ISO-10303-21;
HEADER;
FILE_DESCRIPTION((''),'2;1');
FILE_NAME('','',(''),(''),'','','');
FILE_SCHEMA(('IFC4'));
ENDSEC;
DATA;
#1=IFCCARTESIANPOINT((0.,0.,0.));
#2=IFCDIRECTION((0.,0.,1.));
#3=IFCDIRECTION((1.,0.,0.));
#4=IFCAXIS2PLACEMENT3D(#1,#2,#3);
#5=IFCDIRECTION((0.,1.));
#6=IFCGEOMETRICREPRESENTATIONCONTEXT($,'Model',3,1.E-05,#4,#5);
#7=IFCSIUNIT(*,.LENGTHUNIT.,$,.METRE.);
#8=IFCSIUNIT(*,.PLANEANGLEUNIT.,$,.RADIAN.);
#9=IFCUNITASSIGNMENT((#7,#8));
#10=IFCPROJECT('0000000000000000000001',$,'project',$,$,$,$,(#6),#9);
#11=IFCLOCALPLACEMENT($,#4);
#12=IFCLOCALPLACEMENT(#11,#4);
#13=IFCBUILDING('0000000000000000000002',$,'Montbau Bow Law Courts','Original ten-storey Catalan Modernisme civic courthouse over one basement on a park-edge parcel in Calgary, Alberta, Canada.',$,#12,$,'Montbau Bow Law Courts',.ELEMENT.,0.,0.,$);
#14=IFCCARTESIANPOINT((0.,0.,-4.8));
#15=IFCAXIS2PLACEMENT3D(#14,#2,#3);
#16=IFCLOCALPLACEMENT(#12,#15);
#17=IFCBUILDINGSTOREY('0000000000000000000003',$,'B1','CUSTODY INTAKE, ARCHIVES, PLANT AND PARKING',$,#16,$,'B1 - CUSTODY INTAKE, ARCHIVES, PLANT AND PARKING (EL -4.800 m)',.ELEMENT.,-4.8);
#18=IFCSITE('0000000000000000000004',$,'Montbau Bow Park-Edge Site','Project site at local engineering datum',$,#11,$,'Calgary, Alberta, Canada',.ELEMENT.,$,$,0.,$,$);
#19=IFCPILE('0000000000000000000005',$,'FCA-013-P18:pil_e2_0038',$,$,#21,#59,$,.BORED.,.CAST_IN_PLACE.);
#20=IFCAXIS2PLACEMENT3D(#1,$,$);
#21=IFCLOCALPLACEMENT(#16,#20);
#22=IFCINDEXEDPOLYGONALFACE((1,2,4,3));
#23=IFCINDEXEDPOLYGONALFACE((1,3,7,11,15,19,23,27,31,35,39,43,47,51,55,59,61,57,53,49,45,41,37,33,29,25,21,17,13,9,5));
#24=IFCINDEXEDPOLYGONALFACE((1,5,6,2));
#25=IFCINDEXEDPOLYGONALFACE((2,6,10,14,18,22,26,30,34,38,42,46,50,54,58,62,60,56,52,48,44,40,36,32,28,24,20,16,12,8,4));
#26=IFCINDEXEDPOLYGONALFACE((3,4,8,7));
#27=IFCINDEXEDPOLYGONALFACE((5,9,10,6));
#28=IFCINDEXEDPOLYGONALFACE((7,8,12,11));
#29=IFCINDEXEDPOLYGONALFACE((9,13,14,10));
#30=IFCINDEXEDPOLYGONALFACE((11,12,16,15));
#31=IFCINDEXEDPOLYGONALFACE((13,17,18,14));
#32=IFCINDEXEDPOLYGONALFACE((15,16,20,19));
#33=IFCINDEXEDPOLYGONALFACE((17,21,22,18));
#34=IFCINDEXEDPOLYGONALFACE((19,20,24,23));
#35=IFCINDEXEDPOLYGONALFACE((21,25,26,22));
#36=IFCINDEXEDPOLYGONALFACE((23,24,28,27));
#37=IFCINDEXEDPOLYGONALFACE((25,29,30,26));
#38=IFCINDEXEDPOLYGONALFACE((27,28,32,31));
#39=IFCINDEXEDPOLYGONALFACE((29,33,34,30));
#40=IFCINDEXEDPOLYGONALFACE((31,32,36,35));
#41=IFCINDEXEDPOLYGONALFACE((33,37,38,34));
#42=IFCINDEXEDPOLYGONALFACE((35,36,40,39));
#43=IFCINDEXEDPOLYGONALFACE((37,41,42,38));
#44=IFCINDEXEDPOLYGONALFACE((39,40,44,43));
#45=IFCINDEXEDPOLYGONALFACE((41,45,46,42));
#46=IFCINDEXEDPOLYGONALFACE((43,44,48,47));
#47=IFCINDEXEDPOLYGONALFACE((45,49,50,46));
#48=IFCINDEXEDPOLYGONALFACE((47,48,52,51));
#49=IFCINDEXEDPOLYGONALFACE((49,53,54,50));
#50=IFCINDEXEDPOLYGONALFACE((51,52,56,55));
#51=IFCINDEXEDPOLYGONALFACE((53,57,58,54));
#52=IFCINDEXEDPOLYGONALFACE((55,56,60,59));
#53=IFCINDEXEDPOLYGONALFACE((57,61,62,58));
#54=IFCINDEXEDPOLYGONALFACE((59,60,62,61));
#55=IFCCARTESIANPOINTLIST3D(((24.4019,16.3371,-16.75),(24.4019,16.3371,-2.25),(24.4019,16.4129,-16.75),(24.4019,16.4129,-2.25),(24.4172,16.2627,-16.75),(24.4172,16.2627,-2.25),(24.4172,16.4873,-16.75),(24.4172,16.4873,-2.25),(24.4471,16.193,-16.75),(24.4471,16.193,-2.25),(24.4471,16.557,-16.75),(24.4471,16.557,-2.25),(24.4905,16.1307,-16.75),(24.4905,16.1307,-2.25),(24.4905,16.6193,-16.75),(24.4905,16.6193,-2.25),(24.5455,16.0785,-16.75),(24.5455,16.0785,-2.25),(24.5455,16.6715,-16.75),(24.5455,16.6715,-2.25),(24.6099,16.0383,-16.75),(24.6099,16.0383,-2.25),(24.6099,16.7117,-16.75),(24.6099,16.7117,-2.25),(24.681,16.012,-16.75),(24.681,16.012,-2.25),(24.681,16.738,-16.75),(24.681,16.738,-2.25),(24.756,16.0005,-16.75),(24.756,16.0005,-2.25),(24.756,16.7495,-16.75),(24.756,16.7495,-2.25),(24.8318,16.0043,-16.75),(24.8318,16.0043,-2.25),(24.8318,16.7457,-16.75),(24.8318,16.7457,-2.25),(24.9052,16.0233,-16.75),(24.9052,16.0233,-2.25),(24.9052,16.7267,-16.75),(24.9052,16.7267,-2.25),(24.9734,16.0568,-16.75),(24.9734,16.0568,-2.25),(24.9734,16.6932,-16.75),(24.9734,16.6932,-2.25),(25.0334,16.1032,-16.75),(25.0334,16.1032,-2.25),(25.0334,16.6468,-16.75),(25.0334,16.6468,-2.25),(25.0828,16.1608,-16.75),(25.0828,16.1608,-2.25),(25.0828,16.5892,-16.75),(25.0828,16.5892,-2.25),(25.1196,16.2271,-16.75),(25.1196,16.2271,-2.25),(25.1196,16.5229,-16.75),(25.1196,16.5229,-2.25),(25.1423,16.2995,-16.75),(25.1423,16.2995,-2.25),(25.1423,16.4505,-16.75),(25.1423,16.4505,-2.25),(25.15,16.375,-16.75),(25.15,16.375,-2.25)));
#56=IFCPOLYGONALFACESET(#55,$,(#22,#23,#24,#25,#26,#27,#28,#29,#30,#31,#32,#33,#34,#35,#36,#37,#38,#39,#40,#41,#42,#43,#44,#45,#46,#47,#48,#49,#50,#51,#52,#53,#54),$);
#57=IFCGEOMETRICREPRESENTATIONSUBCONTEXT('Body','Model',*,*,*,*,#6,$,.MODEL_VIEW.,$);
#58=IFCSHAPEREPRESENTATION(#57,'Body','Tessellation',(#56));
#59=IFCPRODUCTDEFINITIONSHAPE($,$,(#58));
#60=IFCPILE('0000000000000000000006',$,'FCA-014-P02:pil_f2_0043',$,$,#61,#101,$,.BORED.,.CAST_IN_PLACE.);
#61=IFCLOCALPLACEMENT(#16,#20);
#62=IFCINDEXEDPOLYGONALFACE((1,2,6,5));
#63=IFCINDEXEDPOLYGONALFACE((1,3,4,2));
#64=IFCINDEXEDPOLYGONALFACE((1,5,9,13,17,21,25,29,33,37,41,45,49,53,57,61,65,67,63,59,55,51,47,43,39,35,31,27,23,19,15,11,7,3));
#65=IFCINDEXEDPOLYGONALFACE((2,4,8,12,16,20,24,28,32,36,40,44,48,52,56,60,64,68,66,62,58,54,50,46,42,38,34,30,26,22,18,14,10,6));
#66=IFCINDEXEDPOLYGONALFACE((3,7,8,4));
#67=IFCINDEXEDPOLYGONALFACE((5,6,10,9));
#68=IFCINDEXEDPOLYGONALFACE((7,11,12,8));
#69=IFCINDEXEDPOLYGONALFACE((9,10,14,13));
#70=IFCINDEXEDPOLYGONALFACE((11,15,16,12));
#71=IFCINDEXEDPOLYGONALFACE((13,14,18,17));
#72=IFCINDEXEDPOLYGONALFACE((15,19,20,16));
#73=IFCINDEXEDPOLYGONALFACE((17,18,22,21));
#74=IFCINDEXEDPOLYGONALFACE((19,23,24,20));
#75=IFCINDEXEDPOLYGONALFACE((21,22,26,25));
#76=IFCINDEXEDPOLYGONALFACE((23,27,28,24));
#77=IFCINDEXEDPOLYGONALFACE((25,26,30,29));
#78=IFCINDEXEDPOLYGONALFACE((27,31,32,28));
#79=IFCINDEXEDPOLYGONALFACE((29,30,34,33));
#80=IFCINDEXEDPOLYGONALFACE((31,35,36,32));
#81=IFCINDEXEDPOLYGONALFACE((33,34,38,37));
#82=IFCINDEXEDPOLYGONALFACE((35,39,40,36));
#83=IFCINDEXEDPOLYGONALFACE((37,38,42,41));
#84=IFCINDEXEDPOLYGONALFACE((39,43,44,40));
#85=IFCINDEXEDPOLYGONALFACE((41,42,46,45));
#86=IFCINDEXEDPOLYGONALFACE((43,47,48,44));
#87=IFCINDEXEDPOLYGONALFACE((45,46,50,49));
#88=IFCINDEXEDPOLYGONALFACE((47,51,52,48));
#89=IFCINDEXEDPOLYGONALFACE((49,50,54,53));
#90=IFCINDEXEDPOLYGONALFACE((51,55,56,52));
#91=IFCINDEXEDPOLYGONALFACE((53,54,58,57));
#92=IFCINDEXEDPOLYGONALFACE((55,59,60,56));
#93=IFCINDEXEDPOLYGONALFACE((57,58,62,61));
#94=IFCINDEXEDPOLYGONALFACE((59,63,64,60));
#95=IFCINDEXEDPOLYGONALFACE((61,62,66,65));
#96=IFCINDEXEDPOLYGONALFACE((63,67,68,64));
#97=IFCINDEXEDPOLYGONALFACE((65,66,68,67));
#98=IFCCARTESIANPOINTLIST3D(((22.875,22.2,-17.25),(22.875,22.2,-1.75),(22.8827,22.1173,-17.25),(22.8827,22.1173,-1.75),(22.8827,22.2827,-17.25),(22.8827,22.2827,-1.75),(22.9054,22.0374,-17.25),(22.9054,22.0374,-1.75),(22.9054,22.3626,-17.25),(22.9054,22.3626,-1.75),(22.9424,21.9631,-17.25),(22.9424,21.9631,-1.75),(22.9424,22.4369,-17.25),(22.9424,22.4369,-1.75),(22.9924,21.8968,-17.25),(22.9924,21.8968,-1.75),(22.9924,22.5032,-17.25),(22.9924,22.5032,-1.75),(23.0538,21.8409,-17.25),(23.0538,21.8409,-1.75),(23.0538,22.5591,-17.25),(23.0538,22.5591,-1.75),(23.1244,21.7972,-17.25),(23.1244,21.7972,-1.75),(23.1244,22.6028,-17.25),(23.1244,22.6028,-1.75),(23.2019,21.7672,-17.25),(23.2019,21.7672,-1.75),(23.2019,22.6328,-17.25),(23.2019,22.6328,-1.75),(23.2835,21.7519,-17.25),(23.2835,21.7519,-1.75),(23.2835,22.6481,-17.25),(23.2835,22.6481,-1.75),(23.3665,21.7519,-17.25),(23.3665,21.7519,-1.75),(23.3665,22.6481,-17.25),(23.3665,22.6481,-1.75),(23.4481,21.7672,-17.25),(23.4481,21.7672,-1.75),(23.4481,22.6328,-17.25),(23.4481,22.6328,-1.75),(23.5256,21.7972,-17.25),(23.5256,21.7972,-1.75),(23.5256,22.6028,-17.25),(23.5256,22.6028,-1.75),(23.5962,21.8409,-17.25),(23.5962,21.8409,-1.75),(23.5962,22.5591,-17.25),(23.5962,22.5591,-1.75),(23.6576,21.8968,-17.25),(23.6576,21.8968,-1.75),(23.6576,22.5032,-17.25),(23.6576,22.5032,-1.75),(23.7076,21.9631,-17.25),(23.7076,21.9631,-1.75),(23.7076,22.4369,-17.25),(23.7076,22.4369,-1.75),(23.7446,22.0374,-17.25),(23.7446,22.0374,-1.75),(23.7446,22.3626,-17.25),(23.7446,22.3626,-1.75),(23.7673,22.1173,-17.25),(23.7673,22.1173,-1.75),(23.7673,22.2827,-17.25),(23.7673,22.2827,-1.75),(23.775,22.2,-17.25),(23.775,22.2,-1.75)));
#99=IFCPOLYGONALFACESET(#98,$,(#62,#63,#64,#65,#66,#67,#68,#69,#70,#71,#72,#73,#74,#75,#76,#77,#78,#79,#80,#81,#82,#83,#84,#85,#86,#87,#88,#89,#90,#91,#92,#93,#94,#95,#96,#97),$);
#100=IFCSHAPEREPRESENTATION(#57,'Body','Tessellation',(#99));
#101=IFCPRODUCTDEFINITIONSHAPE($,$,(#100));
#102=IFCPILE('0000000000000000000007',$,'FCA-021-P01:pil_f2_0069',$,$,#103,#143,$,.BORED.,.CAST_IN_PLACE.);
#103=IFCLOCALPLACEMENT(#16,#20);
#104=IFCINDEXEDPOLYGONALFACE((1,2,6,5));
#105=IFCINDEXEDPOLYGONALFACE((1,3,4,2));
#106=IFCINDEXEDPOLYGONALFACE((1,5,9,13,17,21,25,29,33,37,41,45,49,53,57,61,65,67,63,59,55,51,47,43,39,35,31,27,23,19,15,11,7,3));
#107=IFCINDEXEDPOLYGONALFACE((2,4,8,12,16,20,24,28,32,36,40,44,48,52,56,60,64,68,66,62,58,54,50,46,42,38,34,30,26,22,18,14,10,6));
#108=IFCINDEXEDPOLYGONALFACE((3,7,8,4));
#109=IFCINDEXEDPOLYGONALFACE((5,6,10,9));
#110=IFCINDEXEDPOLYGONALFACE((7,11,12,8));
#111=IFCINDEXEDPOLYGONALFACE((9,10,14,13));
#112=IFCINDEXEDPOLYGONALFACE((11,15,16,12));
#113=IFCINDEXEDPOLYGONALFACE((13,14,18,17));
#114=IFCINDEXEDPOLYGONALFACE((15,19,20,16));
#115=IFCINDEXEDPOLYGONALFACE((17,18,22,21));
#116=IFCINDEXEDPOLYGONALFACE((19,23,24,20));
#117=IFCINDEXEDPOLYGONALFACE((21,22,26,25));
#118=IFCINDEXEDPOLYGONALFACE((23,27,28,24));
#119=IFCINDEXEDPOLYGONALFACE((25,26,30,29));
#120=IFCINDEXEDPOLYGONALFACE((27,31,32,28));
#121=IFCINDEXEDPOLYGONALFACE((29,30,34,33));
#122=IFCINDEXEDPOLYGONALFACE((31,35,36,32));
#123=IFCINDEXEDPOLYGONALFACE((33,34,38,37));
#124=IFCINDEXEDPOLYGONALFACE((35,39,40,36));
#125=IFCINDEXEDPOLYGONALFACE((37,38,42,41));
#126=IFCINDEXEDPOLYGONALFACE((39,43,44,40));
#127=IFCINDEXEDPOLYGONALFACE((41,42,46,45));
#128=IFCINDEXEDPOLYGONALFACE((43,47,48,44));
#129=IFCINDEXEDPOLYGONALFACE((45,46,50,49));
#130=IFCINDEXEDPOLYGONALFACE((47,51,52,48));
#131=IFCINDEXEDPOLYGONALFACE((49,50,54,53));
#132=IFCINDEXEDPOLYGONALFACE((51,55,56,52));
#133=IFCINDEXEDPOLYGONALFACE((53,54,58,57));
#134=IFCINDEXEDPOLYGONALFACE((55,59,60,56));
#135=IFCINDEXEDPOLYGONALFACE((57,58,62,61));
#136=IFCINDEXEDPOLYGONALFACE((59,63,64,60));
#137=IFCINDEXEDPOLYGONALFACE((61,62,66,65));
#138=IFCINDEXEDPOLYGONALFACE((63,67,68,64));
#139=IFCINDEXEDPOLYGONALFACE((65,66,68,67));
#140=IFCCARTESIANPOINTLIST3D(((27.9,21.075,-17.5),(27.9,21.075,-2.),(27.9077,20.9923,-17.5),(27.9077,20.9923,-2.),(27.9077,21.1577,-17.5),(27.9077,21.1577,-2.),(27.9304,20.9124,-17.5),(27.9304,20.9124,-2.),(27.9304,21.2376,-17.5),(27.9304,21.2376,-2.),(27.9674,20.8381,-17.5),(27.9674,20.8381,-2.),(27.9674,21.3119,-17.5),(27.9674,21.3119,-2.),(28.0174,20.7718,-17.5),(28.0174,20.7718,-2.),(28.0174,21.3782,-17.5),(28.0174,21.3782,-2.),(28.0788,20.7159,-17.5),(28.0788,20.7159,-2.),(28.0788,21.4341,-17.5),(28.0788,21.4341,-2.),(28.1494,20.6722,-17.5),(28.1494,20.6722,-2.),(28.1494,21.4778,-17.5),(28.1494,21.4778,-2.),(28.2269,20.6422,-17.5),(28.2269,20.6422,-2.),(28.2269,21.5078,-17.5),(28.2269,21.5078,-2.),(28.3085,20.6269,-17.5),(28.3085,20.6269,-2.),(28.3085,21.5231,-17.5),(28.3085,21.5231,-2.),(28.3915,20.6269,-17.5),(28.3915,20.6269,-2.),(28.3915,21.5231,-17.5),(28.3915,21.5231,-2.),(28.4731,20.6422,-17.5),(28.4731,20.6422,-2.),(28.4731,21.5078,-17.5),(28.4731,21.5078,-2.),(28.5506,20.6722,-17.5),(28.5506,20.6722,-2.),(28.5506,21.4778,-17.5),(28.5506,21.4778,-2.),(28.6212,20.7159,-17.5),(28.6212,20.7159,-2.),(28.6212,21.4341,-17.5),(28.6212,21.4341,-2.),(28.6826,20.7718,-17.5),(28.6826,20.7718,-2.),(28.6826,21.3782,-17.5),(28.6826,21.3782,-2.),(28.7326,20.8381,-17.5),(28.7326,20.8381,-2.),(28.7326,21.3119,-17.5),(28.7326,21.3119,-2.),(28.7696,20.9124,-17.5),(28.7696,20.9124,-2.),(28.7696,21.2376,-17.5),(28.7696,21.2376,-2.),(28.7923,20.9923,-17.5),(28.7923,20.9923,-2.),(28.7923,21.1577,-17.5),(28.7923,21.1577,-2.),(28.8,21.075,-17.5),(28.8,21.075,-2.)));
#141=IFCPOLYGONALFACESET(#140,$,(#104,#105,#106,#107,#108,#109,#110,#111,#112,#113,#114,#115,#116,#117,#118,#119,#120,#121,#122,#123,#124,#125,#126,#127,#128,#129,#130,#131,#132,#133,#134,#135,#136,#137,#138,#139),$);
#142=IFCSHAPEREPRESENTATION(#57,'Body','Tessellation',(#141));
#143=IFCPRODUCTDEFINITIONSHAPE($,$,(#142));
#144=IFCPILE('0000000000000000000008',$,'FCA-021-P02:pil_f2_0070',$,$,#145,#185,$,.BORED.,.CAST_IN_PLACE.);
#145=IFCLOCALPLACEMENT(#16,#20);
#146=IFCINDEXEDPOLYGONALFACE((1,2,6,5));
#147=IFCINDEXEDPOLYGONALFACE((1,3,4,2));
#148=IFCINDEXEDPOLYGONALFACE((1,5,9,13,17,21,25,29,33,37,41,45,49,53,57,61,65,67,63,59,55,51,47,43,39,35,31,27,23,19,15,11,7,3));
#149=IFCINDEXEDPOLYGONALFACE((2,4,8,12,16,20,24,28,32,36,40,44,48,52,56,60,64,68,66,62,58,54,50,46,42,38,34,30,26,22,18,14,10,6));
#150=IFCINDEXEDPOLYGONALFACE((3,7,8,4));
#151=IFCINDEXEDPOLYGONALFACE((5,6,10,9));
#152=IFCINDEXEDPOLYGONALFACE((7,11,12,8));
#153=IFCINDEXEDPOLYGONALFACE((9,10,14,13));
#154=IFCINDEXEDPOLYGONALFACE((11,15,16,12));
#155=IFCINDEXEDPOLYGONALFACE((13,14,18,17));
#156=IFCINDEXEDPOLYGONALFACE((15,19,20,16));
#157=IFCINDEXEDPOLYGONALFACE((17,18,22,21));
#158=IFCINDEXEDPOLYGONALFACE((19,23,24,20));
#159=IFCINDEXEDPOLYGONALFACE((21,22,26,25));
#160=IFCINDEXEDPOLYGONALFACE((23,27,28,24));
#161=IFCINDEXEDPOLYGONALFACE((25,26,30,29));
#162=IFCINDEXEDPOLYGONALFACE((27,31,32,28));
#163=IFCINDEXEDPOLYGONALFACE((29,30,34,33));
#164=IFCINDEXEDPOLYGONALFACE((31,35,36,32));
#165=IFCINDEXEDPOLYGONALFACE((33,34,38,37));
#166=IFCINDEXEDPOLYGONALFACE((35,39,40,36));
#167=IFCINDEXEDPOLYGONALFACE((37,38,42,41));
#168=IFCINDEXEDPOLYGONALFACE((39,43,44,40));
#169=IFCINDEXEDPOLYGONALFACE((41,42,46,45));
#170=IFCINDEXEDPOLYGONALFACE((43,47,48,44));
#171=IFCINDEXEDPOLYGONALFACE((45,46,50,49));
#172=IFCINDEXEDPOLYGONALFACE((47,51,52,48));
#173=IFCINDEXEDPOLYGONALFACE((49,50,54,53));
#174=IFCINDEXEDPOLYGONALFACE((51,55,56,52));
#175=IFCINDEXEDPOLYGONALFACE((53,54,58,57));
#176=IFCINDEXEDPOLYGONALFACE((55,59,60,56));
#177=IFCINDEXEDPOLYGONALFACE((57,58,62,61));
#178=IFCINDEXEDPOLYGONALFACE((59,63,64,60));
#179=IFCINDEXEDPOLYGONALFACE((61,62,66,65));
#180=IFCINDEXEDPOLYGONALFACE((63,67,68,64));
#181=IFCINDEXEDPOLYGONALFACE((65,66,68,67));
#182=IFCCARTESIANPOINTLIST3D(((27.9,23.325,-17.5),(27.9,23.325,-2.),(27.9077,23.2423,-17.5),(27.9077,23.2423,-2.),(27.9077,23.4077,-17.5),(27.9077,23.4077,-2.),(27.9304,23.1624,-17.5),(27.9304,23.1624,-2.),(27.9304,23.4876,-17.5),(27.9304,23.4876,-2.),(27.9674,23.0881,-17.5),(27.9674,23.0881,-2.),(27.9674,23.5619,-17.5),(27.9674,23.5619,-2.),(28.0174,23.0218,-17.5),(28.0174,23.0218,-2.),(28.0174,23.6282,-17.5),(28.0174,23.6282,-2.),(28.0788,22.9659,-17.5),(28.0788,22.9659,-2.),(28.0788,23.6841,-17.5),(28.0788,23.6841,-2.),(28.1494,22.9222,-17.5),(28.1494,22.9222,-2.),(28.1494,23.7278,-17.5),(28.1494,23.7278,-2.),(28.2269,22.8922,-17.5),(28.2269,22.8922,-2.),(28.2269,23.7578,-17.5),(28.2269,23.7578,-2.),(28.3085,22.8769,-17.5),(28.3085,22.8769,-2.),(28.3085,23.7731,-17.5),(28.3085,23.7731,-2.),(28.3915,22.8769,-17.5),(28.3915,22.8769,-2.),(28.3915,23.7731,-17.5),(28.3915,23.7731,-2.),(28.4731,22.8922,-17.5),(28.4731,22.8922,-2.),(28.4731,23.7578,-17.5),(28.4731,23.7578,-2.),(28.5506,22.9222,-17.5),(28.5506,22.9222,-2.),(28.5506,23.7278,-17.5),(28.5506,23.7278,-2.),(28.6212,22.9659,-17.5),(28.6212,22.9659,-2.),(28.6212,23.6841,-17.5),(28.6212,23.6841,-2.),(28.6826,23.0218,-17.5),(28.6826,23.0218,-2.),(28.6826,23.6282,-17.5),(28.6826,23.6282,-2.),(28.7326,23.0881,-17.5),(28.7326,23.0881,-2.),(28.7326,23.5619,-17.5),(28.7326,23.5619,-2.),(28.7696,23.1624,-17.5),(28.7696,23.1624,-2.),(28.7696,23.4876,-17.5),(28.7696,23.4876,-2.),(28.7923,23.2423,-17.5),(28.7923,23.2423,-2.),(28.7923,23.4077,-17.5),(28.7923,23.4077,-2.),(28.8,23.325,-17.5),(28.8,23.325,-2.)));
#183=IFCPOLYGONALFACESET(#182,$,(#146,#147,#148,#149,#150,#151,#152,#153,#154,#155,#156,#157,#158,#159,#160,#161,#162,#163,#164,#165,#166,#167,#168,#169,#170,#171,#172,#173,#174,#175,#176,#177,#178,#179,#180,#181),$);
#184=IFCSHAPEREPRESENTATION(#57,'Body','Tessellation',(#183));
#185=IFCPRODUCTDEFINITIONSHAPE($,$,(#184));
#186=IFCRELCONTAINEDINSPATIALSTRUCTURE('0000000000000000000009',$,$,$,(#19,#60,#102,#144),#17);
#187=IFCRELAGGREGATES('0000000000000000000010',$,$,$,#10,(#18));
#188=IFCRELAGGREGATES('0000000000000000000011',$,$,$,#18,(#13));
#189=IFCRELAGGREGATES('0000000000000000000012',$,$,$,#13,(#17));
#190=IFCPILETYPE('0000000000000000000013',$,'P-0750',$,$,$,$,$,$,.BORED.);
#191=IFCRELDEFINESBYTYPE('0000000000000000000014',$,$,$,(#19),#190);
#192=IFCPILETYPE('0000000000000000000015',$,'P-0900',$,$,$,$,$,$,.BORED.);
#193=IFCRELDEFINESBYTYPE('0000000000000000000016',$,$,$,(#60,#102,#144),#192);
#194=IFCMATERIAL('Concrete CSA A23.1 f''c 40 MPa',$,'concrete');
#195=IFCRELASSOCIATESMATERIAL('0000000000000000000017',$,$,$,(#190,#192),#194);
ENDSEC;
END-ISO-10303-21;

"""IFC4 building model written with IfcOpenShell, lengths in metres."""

from ifc_helpers import new_model, si_unit, direction, frame, origin_with_axes, origin_2d_with_axis, place, context, subcontext, project, spatial, circle, extrude, material, material_profile, profile_set, type_object, element, save


model = new_model("IFC4")

# Units and contexts
model_context = context("Model", 3, precision=1e-05, world=origin_with_axes(), true_north=direction((0.0, 1.0)))
body_context = subcontext(model_context, "Body", "Model", "MODEL_VIEW")
ifc_project = project(units=[si_unit("LENGTHUNIT", "METRE"), si_unit("PLANEANGLEUNIT", "RADIAN")], contexts=[model_context])

# Site, building, storey
site_placement = place(None, origin_with_axes())
site = spatial("IfcSite", under=ifc_project, at=site_placement, Name="Montbau Bow Park-Edge Site", Description="Project site at local engineering datum", LongName="Calgary, Alberta, Canada", CompositionType="ELEMENT", RefElevation=0.0)
building_placement = place(site_placement, origin_with_axes())
building = spatial("IfcBuilding", under=site, at=building_placement, Name="Montbau Bow Law Courts", Description="Original ten-storey Catalan Modernisme civic courthouse over one basement on a park-edge parcel in Calgary, Alberta, Canada.", LongName="Montbau Bow Law Courts", CompositionType="ELEMENT", ElevationOfRefHeight=0.0, ElevationOfTerrain=0.0)
storey_placement = place(building_placement, frame((0.0, 0.0, -4.8), z_axis=(0.0, 0.0, 1.0), x_axis=(1.0, 0.0, 0.0)))
storey = spatial("IfcBuildingStorey", under=building, at=storey_placement, Name="B1", Description="CUSTODY INTAKE, ARCHIVES, PLANT AND PARKING", LongName="B1 - CUSTODY INTAKE, ARCHIVES, PLANT AND PARKING (EL -4.800 m)", CompositionType="ELEMENT", Elevation=-4.8)

# Piles
ifc_material_1 = material(Name="Concrete CSA A23.1 f'c 40 MPa", Category="concrete")
ifc_material_profile_1 = material_profile(ifc_material_1, circle(Radius=0.375, at=origin_2d_with_axis()), Name="BP750", Category="Main", Priority=0)
ifc_profile_set_1 = profile_set([ifc_material_profile_1], Name="Concrete CSA A23.1 f'c 40 MPa")
pile_type_1 = type_object("IfcPileType", Name="P-0750", PredefinedType="BORED", material=ifc_profile_set_1)
for number, where, z_axis, x_axis, name in (
    (1, (24.775, 16.375, -21.55), (0.0, 0.0, 1.0), (1.0, 0.0, 0.0), "FCA-013-P18:pil_e2_0038"),
):
    element("IfcPile", number, at=place(None, frame(where, z_axis=z_axis, x_axis=x_axis)), inside=storey, type_object=pile_type_1, Name=name, ConstructionType="CAST_IN_PLACE", PredefinedType="BORED", context=body_context, shape_type="SweptSolid", body=[
        extrude(circle(Radius=0.375, at=origin_2d_with_axis()), origin_with_axes(), (0.0, 0.0, 1.0), 14.5),
    ])
ifc_material_profile_2 = material_profile(ifc_material_1, circle(Radius=0.45, at=origin_2d_with_axis()), Name="BP900", Category="Main", Priority=0)
ifc_profile_set_2 = profile_set([ifc_material_profile_2], Name="Concrete CSA A23.1 f'c 40 MPa")
pile_type_2 = type_object("IfcPileType", Name="P-0900", PredefinedType="BORED", material=ifc_profile_set_2)
for number, where, z_axis, x_axis, name in (
    (2, (23.325, 22.2, -22.05), (0.0, 0.0, 1.0), (1.0, 0.0, 0.0), "FCA-014-P02:pil_f2_0043"),
    (3, (28.35, 21.075, -22.3), (0.0, 0.0, 1.0), (1.0, 0.0, 0.0), "FCA-021-P01:pil_f2_0069"),
    (4, (28.35, 23.325, -22.3), (0.0, 0.0, 1.0), (1.0, 0.0, 0.0), "FCA-021-P02:pil_f2_0070"),
):
    element("IfcPile", number, at=place(None, frame(where, z_axis=z_axis, x_axis=x_axis)), inside=storey, type_object=pile_type_2, Name=name, ConstructionType="CAST_IN_PLACE", PredefinedType="BORED", context=body_context, shape_type="SweptSolid", body=[
        extrude(circle(Radius=0.45, at=origin_2d_with_axis()), origin_with_axes(), (0.0, 0.0, 1.0), 15.5),
    ])

save(model, "model.ifc")
